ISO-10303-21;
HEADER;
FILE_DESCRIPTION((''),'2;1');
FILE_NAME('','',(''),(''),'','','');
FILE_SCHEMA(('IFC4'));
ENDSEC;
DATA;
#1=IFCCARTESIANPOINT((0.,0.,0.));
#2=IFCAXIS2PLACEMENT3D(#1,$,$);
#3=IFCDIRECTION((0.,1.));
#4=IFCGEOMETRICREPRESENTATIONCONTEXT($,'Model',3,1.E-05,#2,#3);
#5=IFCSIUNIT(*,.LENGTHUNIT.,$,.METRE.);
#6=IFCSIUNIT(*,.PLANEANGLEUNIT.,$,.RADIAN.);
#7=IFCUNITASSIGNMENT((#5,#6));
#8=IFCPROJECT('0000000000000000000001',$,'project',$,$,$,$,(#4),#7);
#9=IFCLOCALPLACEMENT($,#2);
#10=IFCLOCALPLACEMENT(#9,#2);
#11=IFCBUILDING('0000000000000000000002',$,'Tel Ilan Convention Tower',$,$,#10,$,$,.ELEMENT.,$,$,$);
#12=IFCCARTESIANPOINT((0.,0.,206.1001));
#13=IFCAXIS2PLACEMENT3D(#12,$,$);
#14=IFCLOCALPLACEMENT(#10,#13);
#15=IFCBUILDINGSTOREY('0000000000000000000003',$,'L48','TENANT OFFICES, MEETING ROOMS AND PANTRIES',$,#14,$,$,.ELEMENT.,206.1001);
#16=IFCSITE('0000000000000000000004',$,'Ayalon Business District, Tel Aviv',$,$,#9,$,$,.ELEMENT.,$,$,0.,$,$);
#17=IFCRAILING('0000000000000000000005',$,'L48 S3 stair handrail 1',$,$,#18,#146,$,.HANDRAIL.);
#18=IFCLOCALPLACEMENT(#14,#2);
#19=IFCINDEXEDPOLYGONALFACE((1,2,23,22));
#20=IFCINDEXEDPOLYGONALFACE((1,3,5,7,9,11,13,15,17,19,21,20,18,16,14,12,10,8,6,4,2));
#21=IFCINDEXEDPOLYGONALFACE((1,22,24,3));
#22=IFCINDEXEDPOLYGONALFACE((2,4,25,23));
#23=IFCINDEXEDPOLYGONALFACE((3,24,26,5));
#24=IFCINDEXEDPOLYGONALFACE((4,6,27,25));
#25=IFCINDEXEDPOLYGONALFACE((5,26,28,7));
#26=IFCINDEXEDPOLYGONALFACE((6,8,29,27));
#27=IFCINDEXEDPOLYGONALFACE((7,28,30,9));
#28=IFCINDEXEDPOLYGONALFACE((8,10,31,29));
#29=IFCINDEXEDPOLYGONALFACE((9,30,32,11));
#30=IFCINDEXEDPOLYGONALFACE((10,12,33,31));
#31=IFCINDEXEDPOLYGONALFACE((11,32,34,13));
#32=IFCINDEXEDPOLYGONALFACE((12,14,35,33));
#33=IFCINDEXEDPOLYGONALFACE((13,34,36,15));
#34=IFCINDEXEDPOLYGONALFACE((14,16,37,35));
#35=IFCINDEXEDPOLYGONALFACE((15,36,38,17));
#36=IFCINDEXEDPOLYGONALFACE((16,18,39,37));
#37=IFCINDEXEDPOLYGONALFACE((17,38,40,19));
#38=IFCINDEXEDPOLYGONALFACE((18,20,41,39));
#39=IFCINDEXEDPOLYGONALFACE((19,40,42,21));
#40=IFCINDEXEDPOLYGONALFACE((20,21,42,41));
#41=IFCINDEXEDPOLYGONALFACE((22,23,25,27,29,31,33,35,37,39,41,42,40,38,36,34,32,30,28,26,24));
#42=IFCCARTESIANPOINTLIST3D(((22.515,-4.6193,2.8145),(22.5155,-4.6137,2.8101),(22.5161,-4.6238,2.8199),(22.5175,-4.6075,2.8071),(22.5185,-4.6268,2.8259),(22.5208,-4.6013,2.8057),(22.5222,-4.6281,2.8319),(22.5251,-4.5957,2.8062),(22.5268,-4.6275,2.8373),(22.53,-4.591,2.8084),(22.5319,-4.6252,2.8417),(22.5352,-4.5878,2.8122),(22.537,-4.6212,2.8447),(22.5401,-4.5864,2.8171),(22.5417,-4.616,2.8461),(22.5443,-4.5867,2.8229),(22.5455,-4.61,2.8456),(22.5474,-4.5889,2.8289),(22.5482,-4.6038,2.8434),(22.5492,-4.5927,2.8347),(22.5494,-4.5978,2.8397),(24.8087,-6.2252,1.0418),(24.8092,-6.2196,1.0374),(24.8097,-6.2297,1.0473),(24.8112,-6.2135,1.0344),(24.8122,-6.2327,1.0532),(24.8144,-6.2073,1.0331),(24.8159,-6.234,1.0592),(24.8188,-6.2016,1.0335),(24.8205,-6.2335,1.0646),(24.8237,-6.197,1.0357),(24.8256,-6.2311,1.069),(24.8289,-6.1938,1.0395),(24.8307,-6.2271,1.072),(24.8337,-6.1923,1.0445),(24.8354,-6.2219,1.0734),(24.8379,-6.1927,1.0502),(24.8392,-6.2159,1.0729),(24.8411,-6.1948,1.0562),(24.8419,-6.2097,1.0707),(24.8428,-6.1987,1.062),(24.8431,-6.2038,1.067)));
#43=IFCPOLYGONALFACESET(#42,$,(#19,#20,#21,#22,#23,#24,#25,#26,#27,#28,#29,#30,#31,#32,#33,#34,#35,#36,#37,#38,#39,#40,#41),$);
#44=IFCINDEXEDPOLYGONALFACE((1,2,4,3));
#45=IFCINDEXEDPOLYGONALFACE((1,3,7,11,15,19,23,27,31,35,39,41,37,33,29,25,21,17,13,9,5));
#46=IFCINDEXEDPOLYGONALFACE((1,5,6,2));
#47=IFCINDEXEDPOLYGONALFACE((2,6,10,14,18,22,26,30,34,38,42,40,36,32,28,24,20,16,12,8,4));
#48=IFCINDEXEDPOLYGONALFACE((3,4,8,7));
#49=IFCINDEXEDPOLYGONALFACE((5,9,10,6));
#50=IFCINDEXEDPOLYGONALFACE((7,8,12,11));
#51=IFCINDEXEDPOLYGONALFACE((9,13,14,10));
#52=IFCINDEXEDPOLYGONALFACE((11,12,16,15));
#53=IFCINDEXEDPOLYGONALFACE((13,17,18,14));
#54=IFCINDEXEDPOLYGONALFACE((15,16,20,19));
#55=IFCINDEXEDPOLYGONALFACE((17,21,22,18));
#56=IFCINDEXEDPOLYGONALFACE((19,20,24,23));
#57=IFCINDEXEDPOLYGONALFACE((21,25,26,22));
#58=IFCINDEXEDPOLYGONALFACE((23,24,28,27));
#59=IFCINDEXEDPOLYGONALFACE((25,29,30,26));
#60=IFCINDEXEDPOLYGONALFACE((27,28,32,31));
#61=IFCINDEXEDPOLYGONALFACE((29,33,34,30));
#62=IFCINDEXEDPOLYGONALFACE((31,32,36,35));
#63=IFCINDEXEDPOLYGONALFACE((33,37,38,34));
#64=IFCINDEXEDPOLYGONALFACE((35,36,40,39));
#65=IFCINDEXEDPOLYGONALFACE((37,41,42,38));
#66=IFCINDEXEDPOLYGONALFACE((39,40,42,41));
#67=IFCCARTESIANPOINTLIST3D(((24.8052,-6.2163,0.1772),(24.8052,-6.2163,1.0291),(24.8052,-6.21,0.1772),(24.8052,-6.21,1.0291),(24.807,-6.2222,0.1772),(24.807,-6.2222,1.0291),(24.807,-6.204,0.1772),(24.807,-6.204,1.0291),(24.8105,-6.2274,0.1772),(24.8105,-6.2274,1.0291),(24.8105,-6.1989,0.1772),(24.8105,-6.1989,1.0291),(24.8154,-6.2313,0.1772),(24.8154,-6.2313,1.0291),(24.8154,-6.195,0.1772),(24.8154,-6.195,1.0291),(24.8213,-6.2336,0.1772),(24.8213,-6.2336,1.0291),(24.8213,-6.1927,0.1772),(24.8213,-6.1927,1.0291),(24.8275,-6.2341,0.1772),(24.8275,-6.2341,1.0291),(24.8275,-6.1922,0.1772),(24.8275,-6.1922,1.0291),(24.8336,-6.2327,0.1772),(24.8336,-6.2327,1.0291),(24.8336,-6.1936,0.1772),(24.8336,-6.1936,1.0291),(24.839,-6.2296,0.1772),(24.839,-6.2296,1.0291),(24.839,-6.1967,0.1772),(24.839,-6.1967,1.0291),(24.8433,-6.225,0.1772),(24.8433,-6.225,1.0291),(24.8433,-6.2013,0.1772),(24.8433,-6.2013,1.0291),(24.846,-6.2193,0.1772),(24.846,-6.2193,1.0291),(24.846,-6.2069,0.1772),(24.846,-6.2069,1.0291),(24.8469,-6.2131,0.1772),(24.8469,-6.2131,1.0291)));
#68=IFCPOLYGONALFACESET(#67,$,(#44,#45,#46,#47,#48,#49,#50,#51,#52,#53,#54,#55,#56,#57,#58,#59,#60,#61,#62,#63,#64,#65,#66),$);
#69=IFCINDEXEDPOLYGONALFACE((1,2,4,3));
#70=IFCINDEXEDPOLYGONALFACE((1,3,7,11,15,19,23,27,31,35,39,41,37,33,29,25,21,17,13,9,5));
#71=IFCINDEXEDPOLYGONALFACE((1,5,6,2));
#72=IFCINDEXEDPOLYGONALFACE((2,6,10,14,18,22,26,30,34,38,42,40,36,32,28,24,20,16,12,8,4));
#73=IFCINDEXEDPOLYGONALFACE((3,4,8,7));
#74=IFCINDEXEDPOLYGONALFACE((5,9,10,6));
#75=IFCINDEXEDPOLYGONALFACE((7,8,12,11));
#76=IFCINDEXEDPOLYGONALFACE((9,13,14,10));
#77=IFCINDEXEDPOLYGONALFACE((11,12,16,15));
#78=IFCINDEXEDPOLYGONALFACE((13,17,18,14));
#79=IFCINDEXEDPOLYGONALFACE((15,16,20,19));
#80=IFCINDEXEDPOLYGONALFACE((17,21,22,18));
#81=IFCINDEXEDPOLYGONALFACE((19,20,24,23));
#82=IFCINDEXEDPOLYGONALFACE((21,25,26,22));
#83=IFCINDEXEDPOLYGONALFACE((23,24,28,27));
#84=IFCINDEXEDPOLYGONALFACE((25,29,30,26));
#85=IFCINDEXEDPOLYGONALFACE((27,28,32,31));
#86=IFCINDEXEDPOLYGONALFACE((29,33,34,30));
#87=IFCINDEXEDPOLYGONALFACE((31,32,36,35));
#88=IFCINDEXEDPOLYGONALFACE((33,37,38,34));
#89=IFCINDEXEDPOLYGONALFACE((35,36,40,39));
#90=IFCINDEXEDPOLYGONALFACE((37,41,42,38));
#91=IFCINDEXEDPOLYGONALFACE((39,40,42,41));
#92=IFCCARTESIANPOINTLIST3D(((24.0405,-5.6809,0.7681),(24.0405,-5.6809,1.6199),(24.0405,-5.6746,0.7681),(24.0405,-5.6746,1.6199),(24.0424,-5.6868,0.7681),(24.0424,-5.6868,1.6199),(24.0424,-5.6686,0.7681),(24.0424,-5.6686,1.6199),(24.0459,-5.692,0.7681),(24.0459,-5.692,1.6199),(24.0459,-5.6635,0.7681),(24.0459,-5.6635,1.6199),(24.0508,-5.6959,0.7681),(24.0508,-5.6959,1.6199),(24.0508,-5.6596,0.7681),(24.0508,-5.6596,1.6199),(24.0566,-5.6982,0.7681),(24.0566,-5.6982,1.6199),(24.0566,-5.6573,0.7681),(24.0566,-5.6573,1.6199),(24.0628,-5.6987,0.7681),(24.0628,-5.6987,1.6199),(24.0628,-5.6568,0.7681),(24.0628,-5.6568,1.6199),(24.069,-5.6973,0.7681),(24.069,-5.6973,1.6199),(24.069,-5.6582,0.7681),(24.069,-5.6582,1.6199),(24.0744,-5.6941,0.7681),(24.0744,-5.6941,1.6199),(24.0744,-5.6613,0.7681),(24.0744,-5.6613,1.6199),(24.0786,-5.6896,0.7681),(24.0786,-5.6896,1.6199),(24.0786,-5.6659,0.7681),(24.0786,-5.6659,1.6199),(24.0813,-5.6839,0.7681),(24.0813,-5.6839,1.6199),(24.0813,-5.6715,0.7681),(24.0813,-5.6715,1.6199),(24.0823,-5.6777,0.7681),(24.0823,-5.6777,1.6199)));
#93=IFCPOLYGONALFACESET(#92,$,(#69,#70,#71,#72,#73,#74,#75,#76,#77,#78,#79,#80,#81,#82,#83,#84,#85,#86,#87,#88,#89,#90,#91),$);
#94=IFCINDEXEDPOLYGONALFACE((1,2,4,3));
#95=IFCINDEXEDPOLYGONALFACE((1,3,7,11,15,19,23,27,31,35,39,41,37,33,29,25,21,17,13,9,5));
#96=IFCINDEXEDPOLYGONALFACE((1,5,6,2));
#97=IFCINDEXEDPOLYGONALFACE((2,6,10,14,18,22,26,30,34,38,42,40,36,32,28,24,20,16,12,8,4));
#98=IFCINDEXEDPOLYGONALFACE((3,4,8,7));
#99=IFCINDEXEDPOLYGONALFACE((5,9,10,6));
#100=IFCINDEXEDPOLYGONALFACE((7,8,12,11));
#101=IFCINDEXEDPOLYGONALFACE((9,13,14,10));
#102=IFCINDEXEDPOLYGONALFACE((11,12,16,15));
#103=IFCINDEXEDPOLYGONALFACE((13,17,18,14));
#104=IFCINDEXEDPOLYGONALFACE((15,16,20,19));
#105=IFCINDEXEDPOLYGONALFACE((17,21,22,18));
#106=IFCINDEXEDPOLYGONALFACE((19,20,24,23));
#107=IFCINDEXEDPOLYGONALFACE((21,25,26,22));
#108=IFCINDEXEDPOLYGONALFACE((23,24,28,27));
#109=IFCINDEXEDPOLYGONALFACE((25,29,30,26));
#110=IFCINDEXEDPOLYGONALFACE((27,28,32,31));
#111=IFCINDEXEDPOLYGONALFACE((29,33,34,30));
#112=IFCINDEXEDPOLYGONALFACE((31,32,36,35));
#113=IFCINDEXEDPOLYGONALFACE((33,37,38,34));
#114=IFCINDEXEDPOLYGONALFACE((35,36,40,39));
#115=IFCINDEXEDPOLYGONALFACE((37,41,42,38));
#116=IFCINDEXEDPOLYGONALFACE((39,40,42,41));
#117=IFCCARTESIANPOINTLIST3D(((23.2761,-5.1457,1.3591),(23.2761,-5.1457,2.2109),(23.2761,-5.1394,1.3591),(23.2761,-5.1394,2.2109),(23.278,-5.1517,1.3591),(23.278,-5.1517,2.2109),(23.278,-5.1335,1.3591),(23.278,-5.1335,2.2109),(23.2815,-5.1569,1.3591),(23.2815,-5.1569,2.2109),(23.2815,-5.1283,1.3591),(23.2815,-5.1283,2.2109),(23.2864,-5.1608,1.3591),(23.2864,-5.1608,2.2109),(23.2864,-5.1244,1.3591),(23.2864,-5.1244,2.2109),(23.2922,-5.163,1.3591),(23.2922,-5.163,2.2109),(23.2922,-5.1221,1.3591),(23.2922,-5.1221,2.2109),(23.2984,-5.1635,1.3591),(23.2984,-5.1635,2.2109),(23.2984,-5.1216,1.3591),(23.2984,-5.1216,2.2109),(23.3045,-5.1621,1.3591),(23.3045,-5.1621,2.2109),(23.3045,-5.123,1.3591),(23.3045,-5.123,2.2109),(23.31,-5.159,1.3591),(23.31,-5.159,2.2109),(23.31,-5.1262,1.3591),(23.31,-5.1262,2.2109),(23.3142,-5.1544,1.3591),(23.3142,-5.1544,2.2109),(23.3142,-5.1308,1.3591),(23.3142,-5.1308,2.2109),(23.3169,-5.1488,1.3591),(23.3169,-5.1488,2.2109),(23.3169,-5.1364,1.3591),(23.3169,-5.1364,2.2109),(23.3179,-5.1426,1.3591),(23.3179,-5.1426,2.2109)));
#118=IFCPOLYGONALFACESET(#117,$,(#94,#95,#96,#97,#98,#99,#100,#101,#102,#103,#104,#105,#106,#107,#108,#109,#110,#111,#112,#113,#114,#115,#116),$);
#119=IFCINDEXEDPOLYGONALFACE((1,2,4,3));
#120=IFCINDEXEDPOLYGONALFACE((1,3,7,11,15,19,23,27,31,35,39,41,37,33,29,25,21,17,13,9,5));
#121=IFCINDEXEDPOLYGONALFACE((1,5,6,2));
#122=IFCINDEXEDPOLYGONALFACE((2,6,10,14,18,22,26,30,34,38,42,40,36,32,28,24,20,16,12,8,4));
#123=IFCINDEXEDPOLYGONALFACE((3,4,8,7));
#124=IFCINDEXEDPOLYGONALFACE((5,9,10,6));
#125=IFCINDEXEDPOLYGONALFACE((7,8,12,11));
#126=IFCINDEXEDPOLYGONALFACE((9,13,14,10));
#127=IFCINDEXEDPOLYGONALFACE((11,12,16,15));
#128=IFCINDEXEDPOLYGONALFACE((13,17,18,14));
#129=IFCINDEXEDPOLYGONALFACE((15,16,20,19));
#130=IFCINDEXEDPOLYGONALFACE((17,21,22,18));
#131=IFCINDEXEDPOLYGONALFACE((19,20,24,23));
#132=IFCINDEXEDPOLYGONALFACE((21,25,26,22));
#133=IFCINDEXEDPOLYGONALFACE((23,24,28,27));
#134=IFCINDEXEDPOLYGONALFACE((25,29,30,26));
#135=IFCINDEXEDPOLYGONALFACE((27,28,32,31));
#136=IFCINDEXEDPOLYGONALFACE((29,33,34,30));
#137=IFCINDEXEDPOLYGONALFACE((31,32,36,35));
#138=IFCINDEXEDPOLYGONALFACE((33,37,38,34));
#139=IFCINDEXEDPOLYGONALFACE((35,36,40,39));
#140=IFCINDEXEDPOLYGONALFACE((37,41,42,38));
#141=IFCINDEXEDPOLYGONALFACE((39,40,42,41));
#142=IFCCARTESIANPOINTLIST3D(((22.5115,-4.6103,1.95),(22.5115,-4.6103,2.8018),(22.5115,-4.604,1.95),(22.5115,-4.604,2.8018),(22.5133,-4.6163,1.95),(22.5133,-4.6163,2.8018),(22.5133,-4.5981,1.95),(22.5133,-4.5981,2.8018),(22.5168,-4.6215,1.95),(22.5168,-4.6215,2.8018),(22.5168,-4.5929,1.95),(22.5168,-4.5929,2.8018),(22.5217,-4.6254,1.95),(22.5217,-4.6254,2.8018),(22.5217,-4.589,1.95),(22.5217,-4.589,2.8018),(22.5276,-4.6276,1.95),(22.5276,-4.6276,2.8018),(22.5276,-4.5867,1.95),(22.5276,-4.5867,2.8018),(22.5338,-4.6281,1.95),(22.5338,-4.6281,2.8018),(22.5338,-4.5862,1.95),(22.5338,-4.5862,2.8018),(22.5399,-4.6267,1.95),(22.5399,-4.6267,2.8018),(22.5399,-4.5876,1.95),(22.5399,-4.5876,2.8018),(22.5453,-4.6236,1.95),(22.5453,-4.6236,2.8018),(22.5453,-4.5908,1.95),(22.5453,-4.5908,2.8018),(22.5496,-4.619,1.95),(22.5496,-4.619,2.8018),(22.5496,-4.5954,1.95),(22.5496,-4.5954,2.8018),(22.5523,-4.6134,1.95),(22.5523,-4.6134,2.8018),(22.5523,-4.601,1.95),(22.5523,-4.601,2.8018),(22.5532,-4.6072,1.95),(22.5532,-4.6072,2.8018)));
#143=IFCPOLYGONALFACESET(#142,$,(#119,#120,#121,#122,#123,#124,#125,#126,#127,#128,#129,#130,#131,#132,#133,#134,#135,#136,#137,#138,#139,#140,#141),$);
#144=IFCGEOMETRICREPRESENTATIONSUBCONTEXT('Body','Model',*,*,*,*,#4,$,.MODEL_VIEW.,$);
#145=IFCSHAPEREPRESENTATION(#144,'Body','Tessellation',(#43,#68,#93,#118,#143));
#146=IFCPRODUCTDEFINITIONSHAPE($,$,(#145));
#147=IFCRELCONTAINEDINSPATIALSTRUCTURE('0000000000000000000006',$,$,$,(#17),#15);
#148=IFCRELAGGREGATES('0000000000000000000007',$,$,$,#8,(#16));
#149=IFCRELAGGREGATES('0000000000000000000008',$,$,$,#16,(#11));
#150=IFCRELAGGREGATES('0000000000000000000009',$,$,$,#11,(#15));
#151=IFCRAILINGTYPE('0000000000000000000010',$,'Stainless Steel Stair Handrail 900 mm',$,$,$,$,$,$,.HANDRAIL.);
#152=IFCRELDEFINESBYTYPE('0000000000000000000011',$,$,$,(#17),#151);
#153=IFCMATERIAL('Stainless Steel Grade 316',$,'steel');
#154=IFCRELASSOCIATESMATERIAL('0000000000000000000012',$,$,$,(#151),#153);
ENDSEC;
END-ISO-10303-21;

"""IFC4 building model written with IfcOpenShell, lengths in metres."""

from ifc_helpers import new_model, si_unit, direction, frame, origin, origin_2d, place, context, subcontext, project, spatial, circle, extrude, material, type_object, element, save


model = new_model("IFC4")

# Units and contexts
model_context = context("Model", 3, precision=1e-05, world=origin(), true_north=direction((0.0, 1.0)))
body_context = subcontext(model_context, "Body", "Model", "MODEL_VIEW")
ifc_project = project(units=[si_unit("LENGTHUNIT", "METRE"), si_unit("PLANEANGLEUNIT", "RADIAN")], contexts=[model_context])

# Site, building, storey
site_placement = place(None, origin())
site = spatial("IfcSite", under=ifc_project, at=site_placement, Name="Ayalon Business District, Tel Aviv", CompositionType="ELEMENT", RefElevation=0.0)
building_placement = place(site_placement, origin())
building = spatial("IfcBuilding", under=site, at=building_placement, Name="Tel Ilan Convention Tower", CompositionType="ELEMENT")
storey_placement = place(building_placement, frame((0.0, 0.0, 206.1001)))
storey = spatial("IfcBuildingStorey", under=building, at=storey_placement, Name="L48", Description="TENANT OFFICES, MEETING ROOMS AND PANTRIES", CompositionType="ELEMENT", Elevation=206.1001)

# Railing
ifc_material_1 = material(Name="Stainless Steel Grade 316", Category="steel")
railing_type_1 = type_object("IfcRailingType", Name="Stainless Steel Stair Handrail 900 mm", PredefinedType="HANDRAIL", material=ifc_material_1)
railing_1_placement = place(storey_placement, frame((24.8259, -6.2131, 0.1772)))
element("IfcRailing", 1, at=railing_1_placement, inside=storey, type_object=railing_type_1, Name="L48 S3 stair handrail 1", PredefinedType="HANDRAIL", context=body_context, shape_type="SweptSolid", body=[
    extrude(circle(Radius=0.0239, at=origin_2d()), frame((0.0, 0.0, 0.876), z_axis=(-0.692123, 0.484597, 0.534913), x_axis=(-0.57355, -0.81917, 0.0)), (0.0, 0.0, 1.0), 3.314),
    extrude(circle(Radius=0.021, at=origin_2d()), origin(), (0.0, 0.0, 1.0), 0.8518),
    extrude(circle(Radius=0.021, at=origin_2d()), frame((-0.7646, 0.5354, 0.5908)), (0.0, 0.0, 1.0), 0.8518),
    extrude(circle(Radius=0.021, at=origin_2d()), frame((-1.5291, 1.0706, 1.1819)), (0.0, 0.0, 1.0), 0.8518),
    extrude(circle(Radius=0.021, at=origin_2d()), frame((-2.2937, 1.606, 1.7727)), (0.0, 0.0, 1.0), 0.8518),
])

save(model, "model.ifc")
